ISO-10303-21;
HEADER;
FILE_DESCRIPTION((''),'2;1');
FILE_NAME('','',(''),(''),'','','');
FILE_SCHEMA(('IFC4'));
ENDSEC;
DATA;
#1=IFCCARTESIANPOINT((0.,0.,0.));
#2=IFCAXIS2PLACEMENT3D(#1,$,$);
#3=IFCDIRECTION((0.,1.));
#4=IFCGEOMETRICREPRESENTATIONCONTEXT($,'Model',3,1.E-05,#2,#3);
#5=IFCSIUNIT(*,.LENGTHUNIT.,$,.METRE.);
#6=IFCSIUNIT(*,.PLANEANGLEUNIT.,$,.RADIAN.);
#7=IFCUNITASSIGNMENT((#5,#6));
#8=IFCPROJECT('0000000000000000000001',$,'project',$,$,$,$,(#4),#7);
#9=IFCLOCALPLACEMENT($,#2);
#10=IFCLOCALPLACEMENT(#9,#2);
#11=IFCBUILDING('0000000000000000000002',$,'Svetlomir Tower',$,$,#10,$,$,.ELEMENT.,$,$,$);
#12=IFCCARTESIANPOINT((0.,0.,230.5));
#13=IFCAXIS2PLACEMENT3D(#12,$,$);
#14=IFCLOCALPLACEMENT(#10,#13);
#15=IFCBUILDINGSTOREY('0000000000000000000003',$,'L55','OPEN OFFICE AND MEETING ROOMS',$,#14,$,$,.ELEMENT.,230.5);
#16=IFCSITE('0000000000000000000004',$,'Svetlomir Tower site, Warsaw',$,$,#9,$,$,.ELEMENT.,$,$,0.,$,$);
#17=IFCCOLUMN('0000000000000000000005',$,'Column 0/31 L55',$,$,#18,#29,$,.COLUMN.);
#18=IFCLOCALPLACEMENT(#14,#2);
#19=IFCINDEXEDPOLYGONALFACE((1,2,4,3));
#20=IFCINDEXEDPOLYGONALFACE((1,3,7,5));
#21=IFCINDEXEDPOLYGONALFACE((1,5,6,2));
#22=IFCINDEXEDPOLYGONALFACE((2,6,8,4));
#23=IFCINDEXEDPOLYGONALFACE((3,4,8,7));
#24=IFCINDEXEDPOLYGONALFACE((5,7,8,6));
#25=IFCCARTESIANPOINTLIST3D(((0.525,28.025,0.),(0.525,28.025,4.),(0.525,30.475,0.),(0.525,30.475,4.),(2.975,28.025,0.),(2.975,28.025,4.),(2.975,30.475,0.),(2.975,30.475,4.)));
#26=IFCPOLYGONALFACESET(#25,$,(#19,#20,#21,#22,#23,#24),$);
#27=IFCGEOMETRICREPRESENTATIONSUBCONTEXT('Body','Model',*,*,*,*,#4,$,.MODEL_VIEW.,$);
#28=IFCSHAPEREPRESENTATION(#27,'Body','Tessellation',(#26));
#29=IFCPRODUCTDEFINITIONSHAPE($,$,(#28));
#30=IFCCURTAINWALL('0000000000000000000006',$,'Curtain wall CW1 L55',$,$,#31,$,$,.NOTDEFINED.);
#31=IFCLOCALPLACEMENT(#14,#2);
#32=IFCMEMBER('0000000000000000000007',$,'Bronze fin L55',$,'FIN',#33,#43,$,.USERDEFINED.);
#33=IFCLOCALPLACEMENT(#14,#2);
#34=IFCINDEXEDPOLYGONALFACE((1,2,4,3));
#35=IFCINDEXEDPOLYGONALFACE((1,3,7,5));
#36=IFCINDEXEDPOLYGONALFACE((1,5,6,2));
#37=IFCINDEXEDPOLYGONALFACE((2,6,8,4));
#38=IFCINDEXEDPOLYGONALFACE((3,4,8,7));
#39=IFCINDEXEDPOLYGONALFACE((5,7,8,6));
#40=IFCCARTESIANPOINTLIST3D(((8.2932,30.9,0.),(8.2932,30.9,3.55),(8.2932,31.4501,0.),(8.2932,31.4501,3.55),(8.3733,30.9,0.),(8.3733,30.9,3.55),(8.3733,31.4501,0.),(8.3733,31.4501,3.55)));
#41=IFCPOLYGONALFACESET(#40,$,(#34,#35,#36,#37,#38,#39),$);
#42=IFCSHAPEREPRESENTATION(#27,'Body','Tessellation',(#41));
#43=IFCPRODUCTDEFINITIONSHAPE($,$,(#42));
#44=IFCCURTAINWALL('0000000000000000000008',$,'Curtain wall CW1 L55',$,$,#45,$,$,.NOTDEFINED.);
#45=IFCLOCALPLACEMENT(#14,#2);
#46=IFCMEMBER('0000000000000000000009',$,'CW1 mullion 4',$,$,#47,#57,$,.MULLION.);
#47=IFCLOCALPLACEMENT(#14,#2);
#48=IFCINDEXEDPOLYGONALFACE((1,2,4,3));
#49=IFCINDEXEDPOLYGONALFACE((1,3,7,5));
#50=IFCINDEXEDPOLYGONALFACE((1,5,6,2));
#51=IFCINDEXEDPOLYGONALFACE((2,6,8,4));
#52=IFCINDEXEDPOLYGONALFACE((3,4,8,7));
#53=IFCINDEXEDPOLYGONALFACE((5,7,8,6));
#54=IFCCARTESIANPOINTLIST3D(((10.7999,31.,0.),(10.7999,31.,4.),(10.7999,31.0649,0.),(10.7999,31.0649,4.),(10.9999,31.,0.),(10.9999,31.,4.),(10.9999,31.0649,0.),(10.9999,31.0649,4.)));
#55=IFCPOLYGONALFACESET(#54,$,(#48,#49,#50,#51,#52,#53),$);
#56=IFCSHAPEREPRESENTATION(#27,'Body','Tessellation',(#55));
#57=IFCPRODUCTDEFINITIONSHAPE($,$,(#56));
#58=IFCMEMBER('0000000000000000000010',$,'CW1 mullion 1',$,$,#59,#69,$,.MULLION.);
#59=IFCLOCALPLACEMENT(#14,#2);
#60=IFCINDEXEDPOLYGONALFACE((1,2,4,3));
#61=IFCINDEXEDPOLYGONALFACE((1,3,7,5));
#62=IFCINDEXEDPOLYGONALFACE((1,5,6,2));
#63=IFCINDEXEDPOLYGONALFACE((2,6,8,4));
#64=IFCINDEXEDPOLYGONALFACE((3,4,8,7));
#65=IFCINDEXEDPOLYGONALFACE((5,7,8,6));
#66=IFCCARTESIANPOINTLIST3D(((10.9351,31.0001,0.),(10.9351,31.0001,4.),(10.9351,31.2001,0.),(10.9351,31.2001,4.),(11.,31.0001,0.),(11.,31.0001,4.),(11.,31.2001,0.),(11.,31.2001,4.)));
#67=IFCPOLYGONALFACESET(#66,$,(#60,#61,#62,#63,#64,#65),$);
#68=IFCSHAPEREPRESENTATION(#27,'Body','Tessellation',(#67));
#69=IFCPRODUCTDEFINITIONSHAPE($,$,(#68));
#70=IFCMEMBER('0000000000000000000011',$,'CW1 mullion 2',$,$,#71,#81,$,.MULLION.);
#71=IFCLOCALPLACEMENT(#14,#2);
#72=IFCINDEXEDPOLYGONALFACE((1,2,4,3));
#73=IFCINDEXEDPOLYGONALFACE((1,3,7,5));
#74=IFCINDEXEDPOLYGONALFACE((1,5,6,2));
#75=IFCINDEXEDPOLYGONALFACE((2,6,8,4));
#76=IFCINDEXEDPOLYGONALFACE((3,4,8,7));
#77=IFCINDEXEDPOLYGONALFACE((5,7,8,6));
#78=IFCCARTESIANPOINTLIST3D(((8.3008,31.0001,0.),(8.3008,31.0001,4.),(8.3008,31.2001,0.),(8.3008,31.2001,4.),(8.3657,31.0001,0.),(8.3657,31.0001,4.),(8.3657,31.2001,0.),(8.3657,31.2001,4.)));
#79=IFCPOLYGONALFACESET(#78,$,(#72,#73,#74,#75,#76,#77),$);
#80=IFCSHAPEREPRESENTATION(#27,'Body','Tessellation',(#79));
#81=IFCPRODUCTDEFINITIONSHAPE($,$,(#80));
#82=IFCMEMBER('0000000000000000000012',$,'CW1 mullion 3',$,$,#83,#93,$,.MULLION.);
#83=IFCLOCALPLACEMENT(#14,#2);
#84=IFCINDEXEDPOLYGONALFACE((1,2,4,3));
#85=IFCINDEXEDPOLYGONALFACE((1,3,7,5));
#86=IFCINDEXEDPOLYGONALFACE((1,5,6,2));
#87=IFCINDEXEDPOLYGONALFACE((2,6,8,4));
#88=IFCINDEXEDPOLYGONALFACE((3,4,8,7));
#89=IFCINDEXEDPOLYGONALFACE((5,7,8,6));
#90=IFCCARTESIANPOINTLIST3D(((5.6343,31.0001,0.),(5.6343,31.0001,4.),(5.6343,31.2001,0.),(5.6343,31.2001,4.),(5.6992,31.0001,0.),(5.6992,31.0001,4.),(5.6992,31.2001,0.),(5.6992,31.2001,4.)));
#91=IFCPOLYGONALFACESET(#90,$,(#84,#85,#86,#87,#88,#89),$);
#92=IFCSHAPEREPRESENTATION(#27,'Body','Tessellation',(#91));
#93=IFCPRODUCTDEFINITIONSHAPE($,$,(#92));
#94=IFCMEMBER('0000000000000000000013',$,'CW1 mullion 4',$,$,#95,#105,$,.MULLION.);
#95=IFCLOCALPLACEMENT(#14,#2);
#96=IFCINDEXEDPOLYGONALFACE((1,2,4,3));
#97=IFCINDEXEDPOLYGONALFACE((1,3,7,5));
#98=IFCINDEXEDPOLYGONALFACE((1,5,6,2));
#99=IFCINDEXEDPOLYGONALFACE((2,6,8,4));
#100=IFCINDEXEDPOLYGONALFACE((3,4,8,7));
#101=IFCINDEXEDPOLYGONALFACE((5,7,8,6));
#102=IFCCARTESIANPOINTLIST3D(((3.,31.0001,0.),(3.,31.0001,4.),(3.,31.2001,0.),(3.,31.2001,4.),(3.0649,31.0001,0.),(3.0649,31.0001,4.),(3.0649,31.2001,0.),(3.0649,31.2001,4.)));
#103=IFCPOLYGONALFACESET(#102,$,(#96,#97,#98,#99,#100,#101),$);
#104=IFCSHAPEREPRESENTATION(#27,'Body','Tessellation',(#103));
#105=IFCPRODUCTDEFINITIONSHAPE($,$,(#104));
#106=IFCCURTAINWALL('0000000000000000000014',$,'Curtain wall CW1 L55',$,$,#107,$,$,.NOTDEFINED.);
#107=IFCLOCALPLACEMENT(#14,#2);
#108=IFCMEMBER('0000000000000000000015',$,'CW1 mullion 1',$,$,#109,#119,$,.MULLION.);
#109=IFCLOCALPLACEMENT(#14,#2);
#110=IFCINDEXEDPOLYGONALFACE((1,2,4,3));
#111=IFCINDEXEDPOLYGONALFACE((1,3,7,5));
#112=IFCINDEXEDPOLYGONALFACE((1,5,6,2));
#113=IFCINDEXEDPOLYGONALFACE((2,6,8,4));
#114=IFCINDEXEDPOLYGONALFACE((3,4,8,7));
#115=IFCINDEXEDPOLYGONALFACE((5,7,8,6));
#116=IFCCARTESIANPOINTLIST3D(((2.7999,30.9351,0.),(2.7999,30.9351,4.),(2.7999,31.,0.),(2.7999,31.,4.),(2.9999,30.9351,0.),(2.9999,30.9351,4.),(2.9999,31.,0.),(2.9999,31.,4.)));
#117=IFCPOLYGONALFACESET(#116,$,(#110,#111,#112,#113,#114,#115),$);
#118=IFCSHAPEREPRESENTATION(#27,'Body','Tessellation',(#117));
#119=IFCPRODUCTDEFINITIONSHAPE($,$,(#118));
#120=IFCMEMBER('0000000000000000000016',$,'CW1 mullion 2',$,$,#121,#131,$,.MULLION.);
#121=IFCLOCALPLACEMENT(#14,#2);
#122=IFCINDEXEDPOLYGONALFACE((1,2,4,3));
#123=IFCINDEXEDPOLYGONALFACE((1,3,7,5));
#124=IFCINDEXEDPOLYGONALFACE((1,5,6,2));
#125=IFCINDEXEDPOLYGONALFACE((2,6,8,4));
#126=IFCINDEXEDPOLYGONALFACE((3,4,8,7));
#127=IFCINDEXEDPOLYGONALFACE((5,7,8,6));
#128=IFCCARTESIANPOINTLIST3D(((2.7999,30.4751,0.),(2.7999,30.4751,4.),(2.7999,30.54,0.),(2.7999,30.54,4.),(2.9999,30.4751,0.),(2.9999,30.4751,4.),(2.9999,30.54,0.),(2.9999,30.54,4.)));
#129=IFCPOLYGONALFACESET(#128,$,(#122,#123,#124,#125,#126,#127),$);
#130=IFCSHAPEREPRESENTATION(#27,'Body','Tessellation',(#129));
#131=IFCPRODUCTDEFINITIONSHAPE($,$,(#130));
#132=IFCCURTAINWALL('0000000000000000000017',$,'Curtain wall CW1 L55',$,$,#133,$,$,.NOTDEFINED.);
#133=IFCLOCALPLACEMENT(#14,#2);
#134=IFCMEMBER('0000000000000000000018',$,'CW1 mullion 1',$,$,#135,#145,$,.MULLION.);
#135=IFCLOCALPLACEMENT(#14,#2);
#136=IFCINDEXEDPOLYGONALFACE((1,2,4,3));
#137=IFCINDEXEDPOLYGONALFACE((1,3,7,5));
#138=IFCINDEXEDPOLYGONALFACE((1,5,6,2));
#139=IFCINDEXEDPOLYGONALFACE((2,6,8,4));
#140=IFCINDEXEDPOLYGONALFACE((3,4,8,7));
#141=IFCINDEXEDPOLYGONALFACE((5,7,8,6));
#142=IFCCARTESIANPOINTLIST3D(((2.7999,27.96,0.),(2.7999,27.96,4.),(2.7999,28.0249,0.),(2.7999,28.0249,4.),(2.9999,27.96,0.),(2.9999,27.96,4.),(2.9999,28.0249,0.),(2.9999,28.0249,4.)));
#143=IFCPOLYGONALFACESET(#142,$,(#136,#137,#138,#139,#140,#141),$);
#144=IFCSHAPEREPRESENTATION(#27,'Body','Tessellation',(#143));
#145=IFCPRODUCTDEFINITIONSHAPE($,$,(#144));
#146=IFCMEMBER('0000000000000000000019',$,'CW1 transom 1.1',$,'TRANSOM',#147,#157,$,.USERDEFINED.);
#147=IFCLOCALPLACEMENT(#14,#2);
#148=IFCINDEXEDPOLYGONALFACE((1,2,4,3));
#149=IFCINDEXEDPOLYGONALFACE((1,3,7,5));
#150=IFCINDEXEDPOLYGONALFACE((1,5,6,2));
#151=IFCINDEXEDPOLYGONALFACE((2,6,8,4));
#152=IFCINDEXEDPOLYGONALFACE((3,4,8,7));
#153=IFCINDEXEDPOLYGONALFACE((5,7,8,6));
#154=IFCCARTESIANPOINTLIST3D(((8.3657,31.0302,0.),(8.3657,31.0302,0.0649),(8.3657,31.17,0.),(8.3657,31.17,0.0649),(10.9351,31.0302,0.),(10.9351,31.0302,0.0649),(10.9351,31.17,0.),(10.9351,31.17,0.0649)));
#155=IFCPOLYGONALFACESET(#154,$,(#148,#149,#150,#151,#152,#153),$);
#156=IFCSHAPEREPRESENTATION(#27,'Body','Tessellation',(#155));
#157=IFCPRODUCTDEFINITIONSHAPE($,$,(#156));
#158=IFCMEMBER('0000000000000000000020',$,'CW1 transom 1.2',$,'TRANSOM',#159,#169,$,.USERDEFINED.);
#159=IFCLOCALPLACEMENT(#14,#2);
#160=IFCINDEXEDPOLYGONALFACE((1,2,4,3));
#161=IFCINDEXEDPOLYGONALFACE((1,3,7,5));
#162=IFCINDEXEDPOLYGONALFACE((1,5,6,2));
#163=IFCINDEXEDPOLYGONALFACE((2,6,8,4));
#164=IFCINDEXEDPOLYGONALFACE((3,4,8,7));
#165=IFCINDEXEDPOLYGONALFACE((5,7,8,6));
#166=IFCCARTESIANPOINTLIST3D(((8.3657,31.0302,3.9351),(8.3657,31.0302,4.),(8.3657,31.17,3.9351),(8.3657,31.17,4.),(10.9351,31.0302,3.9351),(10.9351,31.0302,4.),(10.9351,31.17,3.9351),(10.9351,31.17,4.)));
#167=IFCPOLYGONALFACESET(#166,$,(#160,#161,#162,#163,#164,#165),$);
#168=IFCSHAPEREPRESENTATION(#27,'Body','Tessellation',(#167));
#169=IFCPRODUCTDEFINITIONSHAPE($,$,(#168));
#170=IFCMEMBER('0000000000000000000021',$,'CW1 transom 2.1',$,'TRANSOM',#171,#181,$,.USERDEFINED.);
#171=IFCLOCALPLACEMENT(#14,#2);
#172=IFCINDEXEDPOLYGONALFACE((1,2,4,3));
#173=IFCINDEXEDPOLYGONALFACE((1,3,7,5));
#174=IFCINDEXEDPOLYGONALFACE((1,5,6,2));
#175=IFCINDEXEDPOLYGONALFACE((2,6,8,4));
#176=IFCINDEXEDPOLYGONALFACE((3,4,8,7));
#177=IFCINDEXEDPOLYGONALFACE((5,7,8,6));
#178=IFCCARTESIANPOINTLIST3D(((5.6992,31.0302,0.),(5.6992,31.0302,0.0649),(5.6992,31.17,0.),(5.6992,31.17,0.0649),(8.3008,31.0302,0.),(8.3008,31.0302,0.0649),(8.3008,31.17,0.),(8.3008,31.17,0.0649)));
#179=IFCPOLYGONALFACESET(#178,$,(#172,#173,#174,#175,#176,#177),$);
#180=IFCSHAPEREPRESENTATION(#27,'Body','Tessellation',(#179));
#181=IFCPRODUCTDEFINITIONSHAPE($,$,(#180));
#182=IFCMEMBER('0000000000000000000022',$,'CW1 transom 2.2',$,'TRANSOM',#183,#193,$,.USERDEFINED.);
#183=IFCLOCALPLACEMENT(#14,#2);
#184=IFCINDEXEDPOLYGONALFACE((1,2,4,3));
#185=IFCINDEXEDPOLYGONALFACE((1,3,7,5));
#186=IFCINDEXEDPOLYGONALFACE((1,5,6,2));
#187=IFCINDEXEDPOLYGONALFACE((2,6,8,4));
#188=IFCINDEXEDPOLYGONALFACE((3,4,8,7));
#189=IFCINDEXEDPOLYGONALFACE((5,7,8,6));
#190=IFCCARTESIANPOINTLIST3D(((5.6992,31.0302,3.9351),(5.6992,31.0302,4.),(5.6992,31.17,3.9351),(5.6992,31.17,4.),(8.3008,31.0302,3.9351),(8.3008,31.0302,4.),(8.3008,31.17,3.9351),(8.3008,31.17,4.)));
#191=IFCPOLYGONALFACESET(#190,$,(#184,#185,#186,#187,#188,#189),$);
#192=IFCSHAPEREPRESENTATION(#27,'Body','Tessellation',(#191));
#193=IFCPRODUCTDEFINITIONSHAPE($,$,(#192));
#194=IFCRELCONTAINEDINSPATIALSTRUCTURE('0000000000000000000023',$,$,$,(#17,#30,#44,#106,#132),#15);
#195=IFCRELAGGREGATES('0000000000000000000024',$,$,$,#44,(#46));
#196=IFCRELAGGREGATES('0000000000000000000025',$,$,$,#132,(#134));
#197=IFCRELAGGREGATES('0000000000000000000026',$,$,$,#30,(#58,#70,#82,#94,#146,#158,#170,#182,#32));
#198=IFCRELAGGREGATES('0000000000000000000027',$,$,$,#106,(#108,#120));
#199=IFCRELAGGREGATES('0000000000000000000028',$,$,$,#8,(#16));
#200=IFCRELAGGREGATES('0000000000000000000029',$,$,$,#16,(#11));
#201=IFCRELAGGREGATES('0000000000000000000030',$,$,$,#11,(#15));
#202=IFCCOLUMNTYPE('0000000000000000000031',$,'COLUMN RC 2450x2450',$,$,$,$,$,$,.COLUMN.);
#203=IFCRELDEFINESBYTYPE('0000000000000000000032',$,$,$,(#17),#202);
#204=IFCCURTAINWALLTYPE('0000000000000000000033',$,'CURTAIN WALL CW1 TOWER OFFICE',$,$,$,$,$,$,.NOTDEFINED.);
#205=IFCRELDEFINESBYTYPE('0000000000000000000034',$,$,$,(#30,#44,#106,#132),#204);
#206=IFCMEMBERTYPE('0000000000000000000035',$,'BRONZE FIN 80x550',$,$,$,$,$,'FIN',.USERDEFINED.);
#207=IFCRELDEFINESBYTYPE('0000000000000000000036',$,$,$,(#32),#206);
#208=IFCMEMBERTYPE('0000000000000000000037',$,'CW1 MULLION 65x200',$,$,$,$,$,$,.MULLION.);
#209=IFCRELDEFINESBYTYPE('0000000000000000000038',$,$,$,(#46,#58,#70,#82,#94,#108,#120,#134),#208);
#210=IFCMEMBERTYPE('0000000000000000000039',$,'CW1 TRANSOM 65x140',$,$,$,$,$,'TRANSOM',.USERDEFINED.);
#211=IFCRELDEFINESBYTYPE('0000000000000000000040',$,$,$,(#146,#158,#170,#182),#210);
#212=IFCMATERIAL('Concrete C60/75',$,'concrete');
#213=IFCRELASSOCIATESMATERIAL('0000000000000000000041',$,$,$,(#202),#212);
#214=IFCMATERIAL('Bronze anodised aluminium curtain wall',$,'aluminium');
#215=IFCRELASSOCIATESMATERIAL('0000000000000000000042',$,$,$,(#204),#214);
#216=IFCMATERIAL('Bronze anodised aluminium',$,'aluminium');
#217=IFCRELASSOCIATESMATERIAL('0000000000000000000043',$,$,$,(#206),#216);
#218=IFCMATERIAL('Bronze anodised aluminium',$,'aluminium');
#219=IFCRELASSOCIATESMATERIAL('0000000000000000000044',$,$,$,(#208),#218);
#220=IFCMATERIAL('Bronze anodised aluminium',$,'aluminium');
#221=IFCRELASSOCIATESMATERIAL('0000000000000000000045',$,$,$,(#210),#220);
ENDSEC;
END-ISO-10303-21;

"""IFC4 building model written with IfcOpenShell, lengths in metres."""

from ifc_helpers import new_model, si_unit, direction, frame, origin, origin_2d, place, context, subcontext, project, spatial, rectangle, extrude, material, material_profile, profile_set, type_object, element, aggregate, save


model = new_model("IFC4")

# Units and contexts
model_context = context("Model", 3, precision=1e-05, world=origin(), true_north=direction((0.0, 1.0)))
body_context = subcontext(model_context, "Body", "Model", "MODEL_VIEW")
ifc_project = project(units=[si_unit("LENGTHUNIT", "METRE"), si_unit("PLANEANGLEUNIT", "RADIAN")], contexts=[model_context])

# Site, building, storey
site_placement = place(None, origin())
site = spatial("IfcSite", under=ifc_project, at=site_placement, Name="Svetlomir Tower site, Warsaw", CompositionType="ELEMENT", RefElevation=0.0)
building_placement = place(site_placement, origin())
building = spatial("IfcBuilding", under=site, at=building_placement, Name="Svetlomir Tower", CompositionType="ELEMENT")
storey_placement = place(building_placement, frame((0.0, 0.0, 230.5)))
storey = spatial("IfcBuildingStorey", under=building, at=storey_placement, Name="L55", Description="OPEN OFFICE AND MEETING ROOMS", CompositionType="ELEMENT", Elevation=230.5)

# Column
ifc_material_1 = material(Name="Concrete C60/75", Category="concrete")
ifc_material_profile_1 = material_profile(ifc_material_1, rectangle(XDim=2.45, YDim=2.45, at=origin_2d()), Name="RC 2450x2450")
ifc_profile_set_1 = profile_set([ifc_material_profile_1], Name="Concrete C60/75")
column_type = type_object("IfcColumnType", Name="COLUMN RC 2450x2450", PredefinedType="COLUMN", material=ifc_profile_set_1)
column_placement = place(storey_placement, frame((1.75, 29.25, 0.0), z_axis=(0.0, 0.0, 1.0), x_axis=(1.0, 0.0, 0.0)))
element("IfcColumn", 1, at=column_placement, inside=storey, type_object=column_type, Name="Column 0/31 L55", PredefinedType="COLUMN", context=body_context, shape_type="SweptSolid", body=[
    extrude(rectangle(XDim=2.45, YDim=2.45, at=origin_2d()), origin(), (0.0, 0.0, 1.0), 4.0),
])

# Curtain walls, members
ifc_material_2 = material(Name="Bronze anodised aluminium curtain wall", Category="aluminium")
curtain_wall_type = type_object("IfcCurtainWallType", Name="CURTAIN WALL CW1 TOWER OFFICE", PredefinedType="NOTDEFINED", material=ifc_material_2)
curtain_wall_1_placement = place(storey_placement, origin())
curtain_wall_1 = element("IfcCurtainWall", 2, at=curtain_wall_1_placement, inside=storey, type_object=curtain_wall_type, Name="Curtain wall CW1 L55", PredefinedType="NOTDEFINED")
ifc_material_3 = material(Name="Bronze anodised aluminium", Category="aluminium")
ifc_material_profile_2 = material_profile(ifc_material_3, rectangle(XDim=0.0801, YDim=0.55, at=origin_2d()), Name="FIN 80x550")
ifc_profile_set_2 = profile_set([ifc_material_profile_2], Name="Bronze anodised aluminium 6063-T6")
member_type_1 = type_object("IfcMemberType", Name="BRONZE FIN 80x550", ElementType="FIN", PredefinedType="USERDEFINED", material=ifc_profile_set_2)
member_1_placement = place(storey_placement, frame((8.3333, 31.175, 0.0), z_axis=(0.0, 0.0, 1.0), x_axis=(1.0, 0.0, 0.0)))
member_1 = element("IfcMember", 3, at=member_1_placement, type_object=member_type_1, Name="Bronze fin L55", ObjectType="FIN", PredefinedType="USERDEFINED", context=body_context, shape_type="SweptSolid", body=[
    extrude(rectangle(XDim=0.0801, YDim=0.55, at=origin_2d()), origin(), (0.0, 0.0, 1.0), 3.55),
])
curtain_wall_2_placement = place(storey_placement, origin())
curtain_wall_2 = element("IfcCurtainWall", 4, at=curtain_wall_2_placement, inside=storey, type_object=curtain_wall_type, Name="Curtain wall CW1 L55", PredefinedType="NOTDEFINED")
ifc_material_4 = material(Name="Bronze anodised aluminium", Category="aluminium")
ifc_material_profile_3 = material_profile(ifc_material_4, rectangle(XDim=0.0649, YDim=0.2, at=origin_2d()), Name="AL 65x200")
ifc_profile_set_3 = profile_set([ifc_material_profile_3], Name="Bronze anodised aluminium 6063-T6")
member_type_2 = type_object("IfcMemberType", Name="CW1 MULLION 65x200", PredefinedType="MULLION", material=ifc_profile_set_3)
member_2_placement = place(storey_placement, frame((10.8999, 31.0325, 0.0), z_axis=(0.0, 0.0, 1.0), x_axis=(0.0, -1.0, 0.0)))
member_2 = element("IfcMember", 5, at=member_2_placement, type_object=member_type_2, Name="CW1 mullion 4", PredefinedType="MULLION", context=body_context, shape_type="SweptSolid", body=[
    extrude(rectangle(XDim=0.0649, YDim=0.2, at=origin_2d()), origin(), (0.0, 0.0, 1.0), 4.0),
])
aggregate(curtain_wall_2, [member_2])

# Members
member_3_placement = place(storey_placement, frame((10.9675, 31.1001, 0.0), z_axis=(0.0, 0.0, 1.0), x_axis=(-1.0, 0.0, 0.0)))
member_3 = element("IfcMember", 6, at=member_3_placement, type_object=member_type_2, Name="CW1 mullion 1", PredefinedType="MULLION", context=body_context, shape_type="SweptSolid", body=[
    extrude(rectangle(XDim=0.0649, YDim=0.2, at=origin_2d()), origin(), (0.0, 0.0, 1.0), 4.0),
])
member_4_placement = place(storey_placement, frame((8.3333, 31.1001, 0.0), z_axis=(0.0, 0.0, 1.0), x_axis=(-1.0, 0.0, 0.0)))
member_4 = element("IfcMember", 7, at=member_4_placement, type_object=member_type_2, Name="CW1 mullion 2", PredefinedType="MULLION", context=body_context, shape_type="SweptSolid", body=[
    extrude(rectangle(XDim=0.0649, YDim=0.2, at=origin_2d()), origin(), (0.0, 0.0, 1.0), 4.0),
])
member_5_placement = place(storey_placement, frame((5.6667, 31.1001, 0.0), z_axis=(0.0, 0.0, 1.0), x_axis=(-1.0, 0.0, 0.0)))
member_5 = element("IfcMember", 8, at=member_5_placement, type_object=member_type_2, Name="CW1 mullion 3", PredefinedType="MULLION", context=body_context, shape_type="SweptSolid", body=[
    extrude(rectangle(XDim=0.0649, YDim=0.2, at=origin_2d()), origin(), (0.0, 0.0, 1.0), 4.0),
])
member_6_placement = place(storey_placement, frame((3.0325, 31.1001, 0.0), z_axis=(0.0, 0.0, 1.0), x_axis=(-1.0, 0.0, 0.0)))
member_6 = element("IfcMember", 9, at=member_6_placement, type_object=member_type_2, Name="CW1 mullion 4", PredefinedType="MULLION", context=body_context, shape_type="SweptSolid", body=[
    extrude(rectangle(XDim=0.0649, YDim=0.2, at=origin_2d()), origin(), (0.0, 0.0, 1.0), 4.0),
])

# Curtain wall, members
curtain_wall_3_placement = place(storey_placement, origin())
curtain_wall_3 = element("IfcCurtainWall", 10, at=curtain_wall_3_placement, inside=storey, type_object=curtain_wall_type, Name="Curtain wall CW1 L55", PredefinedType="NOTDEFINED")
member_7_placement = place(storey_placement, frame((2.8999, 30.9675, 0.0), z_axis=(0.0, 0.0, 1.0), x_axis=(0.0, -1.0, 0.0)))
member_7 = element("IfcMember", 11, at=member_7_placement, type_object=member_type_2, Name="CW1 mullion 1", PredefinedType="MULLION", context=body_context, shape_type="SweptSolid", body=[
    extrude(rectangle(XDim=0.0649, YDim=0.2, at=origin_2d()), origin(), (0.0, 0.0, 1.0), 4.0),
])
member_8_placement = place(storey_placement, frame((2.8999, 30.5076, 0.0), z_axis=(0.0, 0.0, 1.0), x_axis=(0.0, -1.0, 0.0)))
member_8 = element("IfcMember", 12, at=member_8_placement, type_object=member_type_2, Name="CW1 mullion 2", PredefinedType="MULLION", context=body_context, shape_type="SweptSolid", body=[
    extrude(rectangle(XDim=0.0649, YDim=0.2, at=origin_2d()), origin(), (0.0, 0.0, 1.0), 4.0),
])

# Curtain wall, member
curtain_wall_4_placement = place(storey_placement, origin())
curtain_wall_4 = element("IfcCurtainWall", 13, at=curtain_wall_4_placement, inside=storey, type_object=curtain_wall_type, Name="Curtain wall CW1 L55", PredefinedType="NOTDEFINED")
member_9_placement = place(storey_placement, frame((2.8999, 27.9924, 0.0), z_axis=(0.0, 0.0, 1.0), x_axis=(0.0, -1.0, 0.0)))
member_9 = element("IfcMember", 14, at=member_9_placement, type_object=member_type_2, Name="CW1 mullion 1", PredefinedType="MULLION", context=body_context, shape_type="SweptSolid", body=[
    extrude(rectangle(XDim=0.0649, YDim=0.2, at=origin_2d()), origin(), (0.0, 0.0, 1.0), 4.0),
])

# Members
ifc_material_5 = material(Name="Bronze anodised aluminium", Category="aluminium")
ifc_material_profile_4 = material_profile(ifc_material_5, rectangle(XDim=0.1399, YDim=0.0649, at=origin_2d()), Name="AL 140x65")
ifc_profile_set_4 = profile_set([ifc_material_profile_4], Name="Bronze anodised aluminium 6063-T6")
member_type_3 = type_object("IfcMemberType", Name="CW1 TRANSOM 65x140", ElementType="TRANSOM", PredefinedType="USERDEFINED", material=ifc_profile_set_4)
member_10_placement = place(storey_placement, frame((10.9351, 31.1001, 0.0325), z_axis=(-1.0, 0.0, 0.0), x_axis=(0.0, -1.0, 0.0)))
member_10 = element("IfcMember", 15, at=member_10_placement, type_object=member_type_3, Name="CW1 transom 1.1", ObjectType="TRANSOM", PredefinedType="USERDEFINED", context=body_context, shape_type="SweptSolid", body=[
    extrude(rectangle(XDim=0.1399, YDim=0.0649, at=origin_2d()), origin(), (0.0, 0.0, 1.0), 2.5693),
])
member_11_placement = place(storey_placement, frame((10.9351, 31.1001, 3.9675), z_axis=(-1.0, 0.0, 0.0), x_axis=(0.0, -1.0, 0.0)))
member_11 = element("IfcMember", 16, at=member_11_placement, type_object=member_type_3, Name="CW1 transom 1.2", ObjectType="TRANSOM", PredefinedType="USERDEFINED", context=body_context, shape_type="SweptSolid", body=[
    extrude(rectangle(XDim=0.1399, YDim=0.0649, at=origin_2d()), origin(), (0.0, 0.0, 1.0), 2.5693),
])
member_12_placement = place(storey_placement, frame((8.3008, 31.1001, 0.0325), z_axis=(-1.0, 0.0, 0.0), x_axis=(0.0, -1.0, 0.0)))
member_12 = element("IfcMember", 17, at=member_12_placement, type_object=member_type_3, Name="CW1 transom 2.1", ObjectType="TRANSOM", PredefinedType="USERDEFINED", context=body_context, shape_type="SweptSolid", body=[
    extrude(rectangle(XDim=0.1399, YDim=0.0649, at=origin_2d()), origin(), (0.0, 0.0, 1.0), 2.6016),
])
member_13_placement = place(storey_placement, frame((8.3008, 31.1001, 3.9675), z_axis=(-1.0, 0.0, 0.0), x_axis=(0.0, -1.0, 0.0)))
member_13 = element("IfcMember", 18, at=member_13_placement, type_object=member_type_3, Name="CW1 transom 2.2", ObjectType="TRANSOM", PredefinedType="USERDEFINED", context=body_context, shape_type="SweptSolid", body=[
    extrude(rectangle(XDim=0.1399, YDim=0.0649, at=origin_2d()), origin(), (0.0, 0.0, 1.0), 2.6016),
])
aggregate(curtain_wall_4, [member_9])

aggregate(curtain_wall_1, [member_3, member_4, member_5, member_6, member_10, member_11, member_12, member_13, member_1])
aggregate(curtain_wall_3, [member_7, member_8])

save(model, "model.ifc")
